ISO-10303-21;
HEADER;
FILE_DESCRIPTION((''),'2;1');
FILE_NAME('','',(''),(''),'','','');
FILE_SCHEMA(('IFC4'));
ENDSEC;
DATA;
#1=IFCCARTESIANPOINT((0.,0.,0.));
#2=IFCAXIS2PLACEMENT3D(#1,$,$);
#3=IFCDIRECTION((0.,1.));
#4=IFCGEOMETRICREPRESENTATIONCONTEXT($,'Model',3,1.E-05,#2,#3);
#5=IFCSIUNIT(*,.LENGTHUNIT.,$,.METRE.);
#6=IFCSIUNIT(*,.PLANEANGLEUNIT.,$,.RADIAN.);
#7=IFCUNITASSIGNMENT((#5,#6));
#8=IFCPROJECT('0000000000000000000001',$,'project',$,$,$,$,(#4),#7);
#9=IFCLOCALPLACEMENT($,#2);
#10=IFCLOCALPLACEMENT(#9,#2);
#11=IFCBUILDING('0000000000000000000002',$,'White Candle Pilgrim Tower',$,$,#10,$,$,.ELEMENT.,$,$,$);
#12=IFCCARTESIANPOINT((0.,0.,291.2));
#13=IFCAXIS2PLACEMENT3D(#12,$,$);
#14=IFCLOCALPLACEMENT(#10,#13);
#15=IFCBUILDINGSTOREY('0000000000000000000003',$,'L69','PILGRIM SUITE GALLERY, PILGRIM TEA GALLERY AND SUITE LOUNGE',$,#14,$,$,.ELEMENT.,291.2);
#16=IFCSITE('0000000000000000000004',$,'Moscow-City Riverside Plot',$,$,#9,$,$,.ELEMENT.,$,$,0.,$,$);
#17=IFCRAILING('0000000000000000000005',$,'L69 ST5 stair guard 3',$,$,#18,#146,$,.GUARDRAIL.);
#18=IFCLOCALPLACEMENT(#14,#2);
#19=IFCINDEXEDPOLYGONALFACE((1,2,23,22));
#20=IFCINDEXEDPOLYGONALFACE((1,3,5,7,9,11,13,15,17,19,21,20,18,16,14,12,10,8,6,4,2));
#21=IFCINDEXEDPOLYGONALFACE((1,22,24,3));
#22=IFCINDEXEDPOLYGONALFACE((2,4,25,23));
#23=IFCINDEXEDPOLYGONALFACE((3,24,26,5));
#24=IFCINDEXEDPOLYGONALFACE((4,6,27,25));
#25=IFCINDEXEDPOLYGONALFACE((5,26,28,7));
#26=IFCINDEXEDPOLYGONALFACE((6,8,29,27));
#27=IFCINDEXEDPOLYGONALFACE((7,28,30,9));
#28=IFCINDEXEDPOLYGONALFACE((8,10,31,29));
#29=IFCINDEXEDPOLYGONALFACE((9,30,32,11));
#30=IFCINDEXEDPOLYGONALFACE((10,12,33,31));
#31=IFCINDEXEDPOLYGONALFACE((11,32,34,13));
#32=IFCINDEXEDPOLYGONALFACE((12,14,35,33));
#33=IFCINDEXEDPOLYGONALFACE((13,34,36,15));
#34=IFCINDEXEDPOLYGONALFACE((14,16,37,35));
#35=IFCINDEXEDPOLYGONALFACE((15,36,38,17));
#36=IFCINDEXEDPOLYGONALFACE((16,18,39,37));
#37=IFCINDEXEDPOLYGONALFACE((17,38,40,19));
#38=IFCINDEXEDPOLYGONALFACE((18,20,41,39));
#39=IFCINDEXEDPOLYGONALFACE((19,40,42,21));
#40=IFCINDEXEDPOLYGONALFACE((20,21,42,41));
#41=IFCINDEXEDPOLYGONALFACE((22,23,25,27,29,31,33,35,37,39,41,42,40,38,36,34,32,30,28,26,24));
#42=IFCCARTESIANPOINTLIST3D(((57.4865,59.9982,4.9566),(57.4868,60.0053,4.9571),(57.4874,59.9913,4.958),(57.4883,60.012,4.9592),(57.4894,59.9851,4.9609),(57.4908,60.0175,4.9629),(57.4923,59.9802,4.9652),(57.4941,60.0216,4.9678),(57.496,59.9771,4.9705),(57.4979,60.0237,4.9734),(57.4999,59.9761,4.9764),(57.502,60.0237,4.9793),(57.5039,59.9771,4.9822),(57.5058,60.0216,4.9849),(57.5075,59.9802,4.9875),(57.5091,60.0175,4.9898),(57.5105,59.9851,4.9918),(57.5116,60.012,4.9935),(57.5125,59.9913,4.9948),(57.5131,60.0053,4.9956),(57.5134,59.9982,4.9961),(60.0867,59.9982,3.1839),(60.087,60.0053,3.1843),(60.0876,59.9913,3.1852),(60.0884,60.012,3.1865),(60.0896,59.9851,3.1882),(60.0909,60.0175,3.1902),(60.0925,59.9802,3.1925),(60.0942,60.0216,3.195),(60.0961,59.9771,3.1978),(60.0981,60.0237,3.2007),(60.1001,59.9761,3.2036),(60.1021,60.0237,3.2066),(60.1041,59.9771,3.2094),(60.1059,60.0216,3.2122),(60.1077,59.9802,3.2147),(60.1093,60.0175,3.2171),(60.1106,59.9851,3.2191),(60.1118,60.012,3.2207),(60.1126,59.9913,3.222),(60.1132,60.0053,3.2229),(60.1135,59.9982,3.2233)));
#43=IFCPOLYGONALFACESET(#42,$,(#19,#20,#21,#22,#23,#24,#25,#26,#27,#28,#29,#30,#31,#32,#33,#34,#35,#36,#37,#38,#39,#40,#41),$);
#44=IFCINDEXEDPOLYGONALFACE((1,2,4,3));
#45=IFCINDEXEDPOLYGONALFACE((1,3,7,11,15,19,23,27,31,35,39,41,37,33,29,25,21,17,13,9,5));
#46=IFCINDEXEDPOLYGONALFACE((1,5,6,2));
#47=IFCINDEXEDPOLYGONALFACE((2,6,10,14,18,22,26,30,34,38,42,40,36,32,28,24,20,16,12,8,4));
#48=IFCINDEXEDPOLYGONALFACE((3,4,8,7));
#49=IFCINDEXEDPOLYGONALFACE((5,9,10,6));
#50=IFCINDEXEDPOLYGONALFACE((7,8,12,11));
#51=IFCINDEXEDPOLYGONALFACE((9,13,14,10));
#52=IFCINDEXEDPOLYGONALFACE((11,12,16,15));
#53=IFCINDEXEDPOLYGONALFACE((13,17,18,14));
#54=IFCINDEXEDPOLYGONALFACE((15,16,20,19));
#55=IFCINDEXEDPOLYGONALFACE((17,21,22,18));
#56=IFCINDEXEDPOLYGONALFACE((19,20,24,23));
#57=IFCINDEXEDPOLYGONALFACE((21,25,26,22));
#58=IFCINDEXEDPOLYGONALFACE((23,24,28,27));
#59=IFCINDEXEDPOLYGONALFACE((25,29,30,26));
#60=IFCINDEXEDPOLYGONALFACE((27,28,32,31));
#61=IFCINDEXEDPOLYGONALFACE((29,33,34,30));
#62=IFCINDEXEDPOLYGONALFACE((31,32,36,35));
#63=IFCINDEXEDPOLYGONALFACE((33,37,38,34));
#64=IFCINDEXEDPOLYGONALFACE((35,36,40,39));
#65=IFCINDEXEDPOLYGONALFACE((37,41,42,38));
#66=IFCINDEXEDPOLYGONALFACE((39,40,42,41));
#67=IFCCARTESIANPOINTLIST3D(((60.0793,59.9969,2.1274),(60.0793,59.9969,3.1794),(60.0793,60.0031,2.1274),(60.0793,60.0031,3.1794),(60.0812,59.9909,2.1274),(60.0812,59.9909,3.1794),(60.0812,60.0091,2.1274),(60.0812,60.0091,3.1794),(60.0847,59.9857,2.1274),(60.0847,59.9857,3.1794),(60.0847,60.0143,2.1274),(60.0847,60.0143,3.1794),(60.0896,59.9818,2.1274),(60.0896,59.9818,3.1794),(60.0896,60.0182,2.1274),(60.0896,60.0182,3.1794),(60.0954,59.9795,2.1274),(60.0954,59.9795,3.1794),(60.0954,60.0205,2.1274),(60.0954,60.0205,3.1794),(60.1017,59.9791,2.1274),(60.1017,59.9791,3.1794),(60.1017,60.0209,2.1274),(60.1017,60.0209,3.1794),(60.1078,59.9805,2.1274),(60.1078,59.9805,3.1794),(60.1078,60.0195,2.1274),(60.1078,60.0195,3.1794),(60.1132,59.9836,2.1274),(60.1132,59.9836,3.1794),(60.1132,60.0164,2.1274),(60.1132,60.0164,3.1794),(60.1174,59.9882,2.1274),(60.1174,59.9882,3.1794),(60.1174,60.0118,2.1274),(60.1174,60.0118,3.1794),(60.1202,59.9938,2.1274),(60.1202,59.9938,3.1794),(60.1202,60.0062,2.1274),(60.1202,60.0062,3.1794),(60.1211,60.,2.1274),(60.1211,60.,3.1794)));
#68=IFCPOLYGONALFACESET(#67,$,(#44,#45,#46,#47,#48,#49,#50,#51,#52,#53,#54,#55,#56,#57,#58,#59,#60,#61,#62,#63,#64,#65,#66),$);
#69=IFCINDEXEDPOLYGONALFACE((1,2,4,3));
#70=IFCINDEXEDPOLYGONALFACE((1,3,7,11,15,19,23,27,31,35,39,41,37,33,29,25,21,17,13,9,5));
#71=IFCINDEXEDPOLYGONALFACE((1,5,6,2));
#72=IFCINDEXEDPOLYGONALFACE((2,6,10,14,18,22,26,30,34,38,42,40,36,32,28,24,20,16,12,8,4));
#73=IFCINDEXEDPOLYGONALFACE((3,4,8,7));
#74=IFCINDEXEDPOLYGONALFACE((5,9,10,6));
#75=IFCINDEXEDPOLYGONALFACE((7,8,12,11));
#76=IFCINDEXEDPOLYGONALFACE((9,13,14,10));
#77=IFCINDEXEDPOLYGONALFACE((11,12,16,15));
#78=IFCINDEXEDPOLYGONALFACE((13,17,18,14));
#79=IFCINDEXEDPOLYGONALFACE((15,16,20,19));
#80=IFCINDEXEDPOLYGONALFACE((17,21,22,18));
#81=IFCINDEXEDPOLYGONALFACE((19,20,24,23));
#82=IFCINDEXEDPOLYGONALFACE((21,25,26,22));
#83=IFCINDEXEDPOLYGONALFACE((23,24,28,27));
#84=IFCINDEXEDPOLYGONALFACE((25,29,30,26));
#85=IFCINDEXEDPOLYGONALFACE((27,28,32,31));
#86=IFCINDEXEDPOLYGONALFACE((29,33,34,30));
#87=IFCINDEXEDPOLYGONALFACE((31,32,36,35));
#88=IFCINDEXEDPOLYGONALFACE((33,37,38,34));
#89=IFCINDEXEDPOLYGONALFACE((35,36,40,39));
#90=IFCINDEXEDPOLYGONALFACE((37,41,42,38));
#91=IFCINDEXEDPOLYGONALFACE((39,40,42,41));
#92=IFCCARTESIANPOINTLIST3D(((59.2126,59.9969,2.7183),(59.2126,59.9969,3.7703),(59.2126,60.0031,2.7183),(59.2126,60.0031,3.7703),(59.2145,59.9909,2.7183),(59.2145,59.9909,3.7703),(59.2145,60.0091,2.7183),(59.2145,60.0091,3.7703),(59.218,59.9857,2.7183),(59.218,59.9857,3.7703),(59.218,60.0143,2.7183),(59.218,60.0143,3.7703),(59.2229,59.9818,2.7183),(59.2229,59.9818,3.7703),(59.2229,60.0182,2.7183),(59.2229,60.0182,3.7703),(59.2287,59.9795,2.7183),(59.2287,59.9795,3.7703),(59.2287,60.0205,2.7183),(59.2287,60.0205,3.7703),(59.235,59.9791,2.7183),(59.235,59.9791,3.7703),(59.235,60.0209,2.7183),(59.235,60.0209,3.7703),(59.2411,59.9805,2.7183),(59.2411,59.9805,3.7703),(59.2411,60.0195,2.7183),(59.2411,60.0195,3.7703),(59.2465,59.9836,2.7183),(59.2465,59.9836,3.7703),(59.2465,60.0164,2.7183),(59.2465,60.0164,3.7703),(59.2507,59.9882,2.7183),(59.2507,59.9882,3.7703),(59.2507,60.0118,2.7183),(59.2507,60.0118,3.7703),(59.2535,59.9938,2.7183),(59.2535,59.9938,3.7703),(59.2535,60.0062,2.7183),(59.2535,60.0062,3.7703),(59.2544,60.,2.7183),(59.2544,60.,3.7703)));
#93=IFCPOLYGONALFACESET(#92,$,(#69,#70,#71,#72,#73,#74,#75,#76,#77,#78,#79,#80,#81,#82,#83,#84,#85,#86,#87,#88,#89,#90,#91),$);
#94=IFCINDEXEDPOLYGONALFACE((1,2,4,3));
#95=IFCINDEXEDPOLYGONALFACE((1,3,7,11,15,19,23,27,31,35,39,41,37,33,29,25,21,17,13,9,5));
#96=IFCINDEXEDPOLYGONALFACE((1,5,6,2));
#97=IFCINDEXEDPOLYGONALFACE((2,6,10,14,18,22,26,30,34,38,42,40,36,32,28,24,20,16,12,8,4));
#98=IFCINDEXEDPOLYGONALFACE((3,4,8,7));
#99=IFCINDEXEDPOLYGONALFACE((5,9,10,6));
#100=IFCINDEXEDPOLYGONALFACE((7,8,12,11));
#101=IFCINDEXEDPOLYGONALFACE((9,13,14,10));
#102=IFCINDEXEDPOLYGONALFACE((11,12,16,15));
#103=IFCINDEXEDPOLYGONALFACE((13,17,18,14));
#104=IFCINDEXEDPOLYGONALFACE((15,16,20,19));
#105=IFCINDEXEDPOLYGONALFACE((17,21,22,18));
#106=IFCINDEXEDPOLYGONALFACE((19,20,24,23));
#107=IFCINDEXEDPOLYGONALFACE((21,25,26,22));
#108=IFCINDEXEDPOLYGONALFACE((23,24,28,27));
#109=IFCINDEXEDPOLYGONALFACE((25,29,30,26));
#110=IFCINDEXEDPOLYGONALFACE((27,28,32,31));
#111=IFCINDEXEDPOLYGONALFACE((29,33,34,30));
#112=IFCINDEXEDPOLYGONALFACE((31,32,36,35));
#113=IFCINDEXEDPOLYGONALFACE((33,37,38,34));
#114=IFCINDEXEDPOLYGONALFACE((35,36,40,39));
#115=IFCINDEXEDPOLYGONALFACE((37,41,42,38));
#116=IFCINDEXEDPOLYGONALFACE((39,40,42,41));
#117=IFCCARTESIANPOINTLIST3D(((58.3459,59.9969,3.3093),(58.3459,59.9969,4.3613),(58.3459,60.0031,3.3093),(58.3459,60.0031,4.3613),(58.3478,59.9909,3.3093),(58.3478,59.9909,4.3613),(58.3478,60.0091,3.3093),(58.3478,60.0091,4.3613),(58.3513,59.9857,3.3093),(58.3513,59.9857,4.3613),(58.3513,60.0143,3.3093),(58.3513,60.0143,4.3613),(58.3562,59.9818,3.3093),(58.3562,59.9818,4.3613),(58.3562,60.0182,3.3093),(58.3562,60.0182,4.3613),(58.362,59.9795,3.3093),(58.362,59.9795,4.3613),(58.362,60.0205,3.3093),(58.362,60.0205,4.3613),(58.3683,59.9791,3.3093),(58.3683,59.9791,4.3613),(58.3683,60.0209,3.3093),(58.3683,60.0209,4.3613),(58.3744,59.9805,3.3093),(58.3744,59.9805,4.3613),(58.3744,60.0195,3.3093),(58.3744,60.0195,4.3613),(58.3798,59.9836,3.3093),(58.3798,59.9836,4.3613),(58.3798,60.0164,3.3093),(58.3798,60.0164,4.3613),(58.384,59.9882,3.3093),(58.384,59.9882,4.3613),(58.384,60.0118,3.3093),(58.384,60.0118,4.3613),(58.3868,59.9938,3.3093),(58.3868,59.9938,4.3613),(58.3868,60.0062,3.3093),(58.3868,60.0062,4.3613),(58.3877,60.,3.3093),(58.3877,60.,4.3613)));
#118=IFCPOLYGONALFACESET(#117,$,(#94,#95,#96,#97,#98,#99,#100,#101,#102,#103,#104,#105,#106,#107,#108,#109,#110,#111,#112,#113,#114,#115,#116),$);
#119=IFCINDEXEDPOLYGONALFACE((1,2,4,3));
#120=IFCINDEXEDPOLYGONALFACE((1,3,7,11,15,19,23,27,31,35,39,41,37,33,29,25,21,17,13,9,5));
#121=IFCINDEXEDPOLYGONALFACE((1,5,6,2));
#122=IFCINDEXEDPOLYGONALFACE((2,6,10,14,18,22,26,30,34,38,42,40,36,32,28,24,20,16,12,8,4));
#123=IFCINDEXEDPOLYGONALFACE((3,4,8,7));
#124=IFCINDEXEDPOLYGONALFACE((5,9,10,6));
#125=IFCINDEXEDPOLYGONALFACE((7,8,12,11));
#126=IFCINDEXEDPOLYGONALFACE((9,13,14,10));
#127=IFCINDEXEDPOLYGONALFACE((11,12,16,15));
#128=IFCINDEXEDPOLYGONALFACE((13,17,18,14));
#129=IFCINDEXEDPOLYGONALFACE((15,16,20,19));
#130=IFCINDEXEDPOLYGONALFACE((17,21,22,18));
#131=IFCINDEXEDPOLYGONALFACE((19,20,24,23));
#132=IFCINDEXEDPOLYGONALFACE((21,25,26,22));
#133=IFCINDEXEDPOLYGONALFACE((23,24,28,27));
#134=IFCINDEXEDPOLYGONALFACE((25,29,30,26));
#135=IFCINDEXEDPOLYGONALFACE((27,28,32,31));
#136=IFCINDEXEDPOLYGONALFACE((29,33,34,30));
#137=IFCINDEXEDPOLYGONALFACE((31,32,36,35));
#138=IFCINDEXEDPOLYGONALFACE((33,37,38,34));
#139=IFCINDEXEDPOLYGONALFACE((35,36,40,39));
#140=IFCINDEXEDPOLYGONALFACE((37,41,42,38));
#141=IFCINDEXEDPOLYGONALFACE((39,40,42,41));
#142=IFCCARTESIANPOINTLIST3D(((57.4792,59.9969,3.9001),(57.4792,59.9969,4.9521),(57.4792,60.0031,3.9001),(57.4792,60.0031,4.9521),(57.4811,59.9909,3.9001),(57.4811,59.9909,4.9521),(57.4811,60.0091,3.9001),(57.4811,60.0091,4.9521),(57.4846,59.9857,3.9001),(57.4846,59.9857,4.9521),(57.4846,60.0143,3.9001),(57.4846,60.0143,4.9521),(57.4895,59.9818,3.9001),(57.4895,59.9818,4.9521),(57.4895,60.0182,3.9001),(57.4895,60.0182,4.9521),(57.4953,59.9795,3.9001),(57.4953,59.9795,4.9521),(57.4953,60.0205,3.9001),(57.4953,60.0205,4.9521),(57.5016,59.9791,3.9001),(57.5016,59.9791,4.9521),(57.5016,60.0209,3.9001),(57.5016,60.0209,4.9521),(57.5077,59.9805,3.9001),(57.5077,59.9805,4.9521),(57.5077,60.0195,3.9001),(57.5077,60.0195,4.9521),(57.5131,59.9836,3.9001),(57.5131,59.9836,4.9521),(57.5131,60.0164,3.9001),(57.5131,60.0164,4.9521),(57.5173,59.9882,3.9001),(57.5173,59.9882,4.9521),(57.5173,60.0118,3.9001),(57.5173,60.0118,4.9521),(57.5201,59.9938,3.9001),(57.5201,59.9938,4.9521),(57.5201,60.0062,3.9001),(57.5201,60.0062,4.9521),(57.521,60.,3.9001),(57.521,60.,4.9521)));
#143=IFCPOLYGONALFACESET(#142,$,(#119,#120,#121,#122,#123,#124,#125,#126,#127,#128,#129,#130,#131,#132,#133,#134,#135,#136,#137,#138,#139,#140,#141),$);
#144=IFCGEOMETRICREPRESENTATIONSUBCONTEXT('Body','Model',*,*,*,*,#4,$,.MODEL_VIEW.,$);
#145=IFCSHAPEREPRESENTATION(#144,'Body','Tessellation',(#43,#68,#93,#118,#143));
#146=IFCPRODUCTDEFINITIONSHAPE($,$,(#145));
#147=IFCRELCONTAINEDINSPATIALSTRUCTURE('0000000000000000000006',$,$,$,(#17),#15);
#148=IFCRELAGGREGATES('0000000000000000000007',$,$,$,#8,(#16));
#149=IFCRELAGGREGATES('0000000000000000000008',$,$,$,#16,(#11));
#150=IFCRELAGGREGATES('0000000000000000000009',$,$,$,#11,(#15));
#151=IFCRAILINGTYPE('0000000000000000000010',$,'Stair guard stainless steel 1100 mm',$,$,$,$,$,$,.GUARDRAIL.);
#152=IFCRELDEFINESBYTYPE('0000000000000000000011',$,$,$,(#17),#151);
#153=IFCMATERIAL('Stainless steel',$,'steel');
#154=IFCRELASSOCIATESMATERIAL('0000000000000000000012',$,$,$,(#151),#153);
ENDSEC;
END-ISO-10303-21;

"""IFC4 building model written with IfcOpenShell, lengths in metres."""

from ifc_helpers import new_model, si_unit, direction, frame, origin, origin_2d, place, context, subcontext, project, spatial, circle, extrude, material, type_object, element, save


model = new_model("IFC4")

# Units and contexts
model_context = context("Model", 3, precision=1e-05, world=origin(), true_north=direction((0.0, 1.0)))
body_context = subcontext(model_context, "Body", "Model", "MODEL_VIEW")
ifc_project = project(units=[si_unit("LENGTHUNIT", "METRE"), si_unit("PLANEANGLEUNIT", "RADIAN")], contexts=[model_context])

# Site, building, storey
site_placement = place(None, origin())
site = spatial("IfcSite", under=ifc_project, at=site_placement, Name="Moscow-City Riverside Plot", CompositionType="ELEMENT", RefElevation=0.0)
building_placement = place(site_placement, origin())
building = spatial("IfcBuilding", under=site, at=building_placement, Name="White Candle Pilgrim Tower", CompositionType="ELEMENT")
storey_placement = place(building_placement, frame((0.0, 0.0, 291.2)))
storey = spatial("IfcBuildingStorey", under=building, at=storey_placement, Name="L69", Description="PILGRIM SUITE GALLERY, PILGRIM TEA GALLERY AND SUITE LOUNGE", CompositionType="ELEMENT", Elevation=291.2)

# Railing
ifc_material_1 = material(Name="Stainless steel", Category="steel")
railing_type_1 = type_object("IfcRailingType", Name="Stair guard stainless steel 1100 mm", PredefinedType="GUARDRAIL", material=ifc_material_1)
railing_1_placement = place(storey_placement, frame((60.1001, 60.0, 2.1274)))
element("IfcRailing", 1, at=railing_1_placement, inside=storey, type_object=railing_type_1, Name="L69 ST5 stair guard 3", PredefinedType="GUARDRAIL", context=body_context, shape_type="SweptSolid", body=[
    extrude(circle(Radius=0.0239, at=origin_2d()), frame((0.0, 0.0, 1.0762), z_axis=(-0.82624, 0.0, 0.563318), x_axis=(0.0, -1.0, 0.0)), (0.0, 0.0, 1.0), 3.147),
    extrude(circle(Radius=0.021, at=origin_2d()), origin(), (0.0, 0.0, 1.0), 1.052),
    extrude(circle(Radius=0.021, at=origin_2d()), frame((-0.8667, 0.0, 0.5908)), (0.0, 0.0, 1.0), 1.052),
    extrude(circle(Radius=0.021, at=origin_2d()), frame((-1.7334, 0.0, 1.1819)), (0.0, 0.0, 1.0), 1.052),
    extrude(circle(Radius=0.021, at=origin_2d()), frame((-2.6001, 0.0, 1.7727)), (0.0, 0.0, 1.0), 1.052),
])

save(model, "model.ifc")
